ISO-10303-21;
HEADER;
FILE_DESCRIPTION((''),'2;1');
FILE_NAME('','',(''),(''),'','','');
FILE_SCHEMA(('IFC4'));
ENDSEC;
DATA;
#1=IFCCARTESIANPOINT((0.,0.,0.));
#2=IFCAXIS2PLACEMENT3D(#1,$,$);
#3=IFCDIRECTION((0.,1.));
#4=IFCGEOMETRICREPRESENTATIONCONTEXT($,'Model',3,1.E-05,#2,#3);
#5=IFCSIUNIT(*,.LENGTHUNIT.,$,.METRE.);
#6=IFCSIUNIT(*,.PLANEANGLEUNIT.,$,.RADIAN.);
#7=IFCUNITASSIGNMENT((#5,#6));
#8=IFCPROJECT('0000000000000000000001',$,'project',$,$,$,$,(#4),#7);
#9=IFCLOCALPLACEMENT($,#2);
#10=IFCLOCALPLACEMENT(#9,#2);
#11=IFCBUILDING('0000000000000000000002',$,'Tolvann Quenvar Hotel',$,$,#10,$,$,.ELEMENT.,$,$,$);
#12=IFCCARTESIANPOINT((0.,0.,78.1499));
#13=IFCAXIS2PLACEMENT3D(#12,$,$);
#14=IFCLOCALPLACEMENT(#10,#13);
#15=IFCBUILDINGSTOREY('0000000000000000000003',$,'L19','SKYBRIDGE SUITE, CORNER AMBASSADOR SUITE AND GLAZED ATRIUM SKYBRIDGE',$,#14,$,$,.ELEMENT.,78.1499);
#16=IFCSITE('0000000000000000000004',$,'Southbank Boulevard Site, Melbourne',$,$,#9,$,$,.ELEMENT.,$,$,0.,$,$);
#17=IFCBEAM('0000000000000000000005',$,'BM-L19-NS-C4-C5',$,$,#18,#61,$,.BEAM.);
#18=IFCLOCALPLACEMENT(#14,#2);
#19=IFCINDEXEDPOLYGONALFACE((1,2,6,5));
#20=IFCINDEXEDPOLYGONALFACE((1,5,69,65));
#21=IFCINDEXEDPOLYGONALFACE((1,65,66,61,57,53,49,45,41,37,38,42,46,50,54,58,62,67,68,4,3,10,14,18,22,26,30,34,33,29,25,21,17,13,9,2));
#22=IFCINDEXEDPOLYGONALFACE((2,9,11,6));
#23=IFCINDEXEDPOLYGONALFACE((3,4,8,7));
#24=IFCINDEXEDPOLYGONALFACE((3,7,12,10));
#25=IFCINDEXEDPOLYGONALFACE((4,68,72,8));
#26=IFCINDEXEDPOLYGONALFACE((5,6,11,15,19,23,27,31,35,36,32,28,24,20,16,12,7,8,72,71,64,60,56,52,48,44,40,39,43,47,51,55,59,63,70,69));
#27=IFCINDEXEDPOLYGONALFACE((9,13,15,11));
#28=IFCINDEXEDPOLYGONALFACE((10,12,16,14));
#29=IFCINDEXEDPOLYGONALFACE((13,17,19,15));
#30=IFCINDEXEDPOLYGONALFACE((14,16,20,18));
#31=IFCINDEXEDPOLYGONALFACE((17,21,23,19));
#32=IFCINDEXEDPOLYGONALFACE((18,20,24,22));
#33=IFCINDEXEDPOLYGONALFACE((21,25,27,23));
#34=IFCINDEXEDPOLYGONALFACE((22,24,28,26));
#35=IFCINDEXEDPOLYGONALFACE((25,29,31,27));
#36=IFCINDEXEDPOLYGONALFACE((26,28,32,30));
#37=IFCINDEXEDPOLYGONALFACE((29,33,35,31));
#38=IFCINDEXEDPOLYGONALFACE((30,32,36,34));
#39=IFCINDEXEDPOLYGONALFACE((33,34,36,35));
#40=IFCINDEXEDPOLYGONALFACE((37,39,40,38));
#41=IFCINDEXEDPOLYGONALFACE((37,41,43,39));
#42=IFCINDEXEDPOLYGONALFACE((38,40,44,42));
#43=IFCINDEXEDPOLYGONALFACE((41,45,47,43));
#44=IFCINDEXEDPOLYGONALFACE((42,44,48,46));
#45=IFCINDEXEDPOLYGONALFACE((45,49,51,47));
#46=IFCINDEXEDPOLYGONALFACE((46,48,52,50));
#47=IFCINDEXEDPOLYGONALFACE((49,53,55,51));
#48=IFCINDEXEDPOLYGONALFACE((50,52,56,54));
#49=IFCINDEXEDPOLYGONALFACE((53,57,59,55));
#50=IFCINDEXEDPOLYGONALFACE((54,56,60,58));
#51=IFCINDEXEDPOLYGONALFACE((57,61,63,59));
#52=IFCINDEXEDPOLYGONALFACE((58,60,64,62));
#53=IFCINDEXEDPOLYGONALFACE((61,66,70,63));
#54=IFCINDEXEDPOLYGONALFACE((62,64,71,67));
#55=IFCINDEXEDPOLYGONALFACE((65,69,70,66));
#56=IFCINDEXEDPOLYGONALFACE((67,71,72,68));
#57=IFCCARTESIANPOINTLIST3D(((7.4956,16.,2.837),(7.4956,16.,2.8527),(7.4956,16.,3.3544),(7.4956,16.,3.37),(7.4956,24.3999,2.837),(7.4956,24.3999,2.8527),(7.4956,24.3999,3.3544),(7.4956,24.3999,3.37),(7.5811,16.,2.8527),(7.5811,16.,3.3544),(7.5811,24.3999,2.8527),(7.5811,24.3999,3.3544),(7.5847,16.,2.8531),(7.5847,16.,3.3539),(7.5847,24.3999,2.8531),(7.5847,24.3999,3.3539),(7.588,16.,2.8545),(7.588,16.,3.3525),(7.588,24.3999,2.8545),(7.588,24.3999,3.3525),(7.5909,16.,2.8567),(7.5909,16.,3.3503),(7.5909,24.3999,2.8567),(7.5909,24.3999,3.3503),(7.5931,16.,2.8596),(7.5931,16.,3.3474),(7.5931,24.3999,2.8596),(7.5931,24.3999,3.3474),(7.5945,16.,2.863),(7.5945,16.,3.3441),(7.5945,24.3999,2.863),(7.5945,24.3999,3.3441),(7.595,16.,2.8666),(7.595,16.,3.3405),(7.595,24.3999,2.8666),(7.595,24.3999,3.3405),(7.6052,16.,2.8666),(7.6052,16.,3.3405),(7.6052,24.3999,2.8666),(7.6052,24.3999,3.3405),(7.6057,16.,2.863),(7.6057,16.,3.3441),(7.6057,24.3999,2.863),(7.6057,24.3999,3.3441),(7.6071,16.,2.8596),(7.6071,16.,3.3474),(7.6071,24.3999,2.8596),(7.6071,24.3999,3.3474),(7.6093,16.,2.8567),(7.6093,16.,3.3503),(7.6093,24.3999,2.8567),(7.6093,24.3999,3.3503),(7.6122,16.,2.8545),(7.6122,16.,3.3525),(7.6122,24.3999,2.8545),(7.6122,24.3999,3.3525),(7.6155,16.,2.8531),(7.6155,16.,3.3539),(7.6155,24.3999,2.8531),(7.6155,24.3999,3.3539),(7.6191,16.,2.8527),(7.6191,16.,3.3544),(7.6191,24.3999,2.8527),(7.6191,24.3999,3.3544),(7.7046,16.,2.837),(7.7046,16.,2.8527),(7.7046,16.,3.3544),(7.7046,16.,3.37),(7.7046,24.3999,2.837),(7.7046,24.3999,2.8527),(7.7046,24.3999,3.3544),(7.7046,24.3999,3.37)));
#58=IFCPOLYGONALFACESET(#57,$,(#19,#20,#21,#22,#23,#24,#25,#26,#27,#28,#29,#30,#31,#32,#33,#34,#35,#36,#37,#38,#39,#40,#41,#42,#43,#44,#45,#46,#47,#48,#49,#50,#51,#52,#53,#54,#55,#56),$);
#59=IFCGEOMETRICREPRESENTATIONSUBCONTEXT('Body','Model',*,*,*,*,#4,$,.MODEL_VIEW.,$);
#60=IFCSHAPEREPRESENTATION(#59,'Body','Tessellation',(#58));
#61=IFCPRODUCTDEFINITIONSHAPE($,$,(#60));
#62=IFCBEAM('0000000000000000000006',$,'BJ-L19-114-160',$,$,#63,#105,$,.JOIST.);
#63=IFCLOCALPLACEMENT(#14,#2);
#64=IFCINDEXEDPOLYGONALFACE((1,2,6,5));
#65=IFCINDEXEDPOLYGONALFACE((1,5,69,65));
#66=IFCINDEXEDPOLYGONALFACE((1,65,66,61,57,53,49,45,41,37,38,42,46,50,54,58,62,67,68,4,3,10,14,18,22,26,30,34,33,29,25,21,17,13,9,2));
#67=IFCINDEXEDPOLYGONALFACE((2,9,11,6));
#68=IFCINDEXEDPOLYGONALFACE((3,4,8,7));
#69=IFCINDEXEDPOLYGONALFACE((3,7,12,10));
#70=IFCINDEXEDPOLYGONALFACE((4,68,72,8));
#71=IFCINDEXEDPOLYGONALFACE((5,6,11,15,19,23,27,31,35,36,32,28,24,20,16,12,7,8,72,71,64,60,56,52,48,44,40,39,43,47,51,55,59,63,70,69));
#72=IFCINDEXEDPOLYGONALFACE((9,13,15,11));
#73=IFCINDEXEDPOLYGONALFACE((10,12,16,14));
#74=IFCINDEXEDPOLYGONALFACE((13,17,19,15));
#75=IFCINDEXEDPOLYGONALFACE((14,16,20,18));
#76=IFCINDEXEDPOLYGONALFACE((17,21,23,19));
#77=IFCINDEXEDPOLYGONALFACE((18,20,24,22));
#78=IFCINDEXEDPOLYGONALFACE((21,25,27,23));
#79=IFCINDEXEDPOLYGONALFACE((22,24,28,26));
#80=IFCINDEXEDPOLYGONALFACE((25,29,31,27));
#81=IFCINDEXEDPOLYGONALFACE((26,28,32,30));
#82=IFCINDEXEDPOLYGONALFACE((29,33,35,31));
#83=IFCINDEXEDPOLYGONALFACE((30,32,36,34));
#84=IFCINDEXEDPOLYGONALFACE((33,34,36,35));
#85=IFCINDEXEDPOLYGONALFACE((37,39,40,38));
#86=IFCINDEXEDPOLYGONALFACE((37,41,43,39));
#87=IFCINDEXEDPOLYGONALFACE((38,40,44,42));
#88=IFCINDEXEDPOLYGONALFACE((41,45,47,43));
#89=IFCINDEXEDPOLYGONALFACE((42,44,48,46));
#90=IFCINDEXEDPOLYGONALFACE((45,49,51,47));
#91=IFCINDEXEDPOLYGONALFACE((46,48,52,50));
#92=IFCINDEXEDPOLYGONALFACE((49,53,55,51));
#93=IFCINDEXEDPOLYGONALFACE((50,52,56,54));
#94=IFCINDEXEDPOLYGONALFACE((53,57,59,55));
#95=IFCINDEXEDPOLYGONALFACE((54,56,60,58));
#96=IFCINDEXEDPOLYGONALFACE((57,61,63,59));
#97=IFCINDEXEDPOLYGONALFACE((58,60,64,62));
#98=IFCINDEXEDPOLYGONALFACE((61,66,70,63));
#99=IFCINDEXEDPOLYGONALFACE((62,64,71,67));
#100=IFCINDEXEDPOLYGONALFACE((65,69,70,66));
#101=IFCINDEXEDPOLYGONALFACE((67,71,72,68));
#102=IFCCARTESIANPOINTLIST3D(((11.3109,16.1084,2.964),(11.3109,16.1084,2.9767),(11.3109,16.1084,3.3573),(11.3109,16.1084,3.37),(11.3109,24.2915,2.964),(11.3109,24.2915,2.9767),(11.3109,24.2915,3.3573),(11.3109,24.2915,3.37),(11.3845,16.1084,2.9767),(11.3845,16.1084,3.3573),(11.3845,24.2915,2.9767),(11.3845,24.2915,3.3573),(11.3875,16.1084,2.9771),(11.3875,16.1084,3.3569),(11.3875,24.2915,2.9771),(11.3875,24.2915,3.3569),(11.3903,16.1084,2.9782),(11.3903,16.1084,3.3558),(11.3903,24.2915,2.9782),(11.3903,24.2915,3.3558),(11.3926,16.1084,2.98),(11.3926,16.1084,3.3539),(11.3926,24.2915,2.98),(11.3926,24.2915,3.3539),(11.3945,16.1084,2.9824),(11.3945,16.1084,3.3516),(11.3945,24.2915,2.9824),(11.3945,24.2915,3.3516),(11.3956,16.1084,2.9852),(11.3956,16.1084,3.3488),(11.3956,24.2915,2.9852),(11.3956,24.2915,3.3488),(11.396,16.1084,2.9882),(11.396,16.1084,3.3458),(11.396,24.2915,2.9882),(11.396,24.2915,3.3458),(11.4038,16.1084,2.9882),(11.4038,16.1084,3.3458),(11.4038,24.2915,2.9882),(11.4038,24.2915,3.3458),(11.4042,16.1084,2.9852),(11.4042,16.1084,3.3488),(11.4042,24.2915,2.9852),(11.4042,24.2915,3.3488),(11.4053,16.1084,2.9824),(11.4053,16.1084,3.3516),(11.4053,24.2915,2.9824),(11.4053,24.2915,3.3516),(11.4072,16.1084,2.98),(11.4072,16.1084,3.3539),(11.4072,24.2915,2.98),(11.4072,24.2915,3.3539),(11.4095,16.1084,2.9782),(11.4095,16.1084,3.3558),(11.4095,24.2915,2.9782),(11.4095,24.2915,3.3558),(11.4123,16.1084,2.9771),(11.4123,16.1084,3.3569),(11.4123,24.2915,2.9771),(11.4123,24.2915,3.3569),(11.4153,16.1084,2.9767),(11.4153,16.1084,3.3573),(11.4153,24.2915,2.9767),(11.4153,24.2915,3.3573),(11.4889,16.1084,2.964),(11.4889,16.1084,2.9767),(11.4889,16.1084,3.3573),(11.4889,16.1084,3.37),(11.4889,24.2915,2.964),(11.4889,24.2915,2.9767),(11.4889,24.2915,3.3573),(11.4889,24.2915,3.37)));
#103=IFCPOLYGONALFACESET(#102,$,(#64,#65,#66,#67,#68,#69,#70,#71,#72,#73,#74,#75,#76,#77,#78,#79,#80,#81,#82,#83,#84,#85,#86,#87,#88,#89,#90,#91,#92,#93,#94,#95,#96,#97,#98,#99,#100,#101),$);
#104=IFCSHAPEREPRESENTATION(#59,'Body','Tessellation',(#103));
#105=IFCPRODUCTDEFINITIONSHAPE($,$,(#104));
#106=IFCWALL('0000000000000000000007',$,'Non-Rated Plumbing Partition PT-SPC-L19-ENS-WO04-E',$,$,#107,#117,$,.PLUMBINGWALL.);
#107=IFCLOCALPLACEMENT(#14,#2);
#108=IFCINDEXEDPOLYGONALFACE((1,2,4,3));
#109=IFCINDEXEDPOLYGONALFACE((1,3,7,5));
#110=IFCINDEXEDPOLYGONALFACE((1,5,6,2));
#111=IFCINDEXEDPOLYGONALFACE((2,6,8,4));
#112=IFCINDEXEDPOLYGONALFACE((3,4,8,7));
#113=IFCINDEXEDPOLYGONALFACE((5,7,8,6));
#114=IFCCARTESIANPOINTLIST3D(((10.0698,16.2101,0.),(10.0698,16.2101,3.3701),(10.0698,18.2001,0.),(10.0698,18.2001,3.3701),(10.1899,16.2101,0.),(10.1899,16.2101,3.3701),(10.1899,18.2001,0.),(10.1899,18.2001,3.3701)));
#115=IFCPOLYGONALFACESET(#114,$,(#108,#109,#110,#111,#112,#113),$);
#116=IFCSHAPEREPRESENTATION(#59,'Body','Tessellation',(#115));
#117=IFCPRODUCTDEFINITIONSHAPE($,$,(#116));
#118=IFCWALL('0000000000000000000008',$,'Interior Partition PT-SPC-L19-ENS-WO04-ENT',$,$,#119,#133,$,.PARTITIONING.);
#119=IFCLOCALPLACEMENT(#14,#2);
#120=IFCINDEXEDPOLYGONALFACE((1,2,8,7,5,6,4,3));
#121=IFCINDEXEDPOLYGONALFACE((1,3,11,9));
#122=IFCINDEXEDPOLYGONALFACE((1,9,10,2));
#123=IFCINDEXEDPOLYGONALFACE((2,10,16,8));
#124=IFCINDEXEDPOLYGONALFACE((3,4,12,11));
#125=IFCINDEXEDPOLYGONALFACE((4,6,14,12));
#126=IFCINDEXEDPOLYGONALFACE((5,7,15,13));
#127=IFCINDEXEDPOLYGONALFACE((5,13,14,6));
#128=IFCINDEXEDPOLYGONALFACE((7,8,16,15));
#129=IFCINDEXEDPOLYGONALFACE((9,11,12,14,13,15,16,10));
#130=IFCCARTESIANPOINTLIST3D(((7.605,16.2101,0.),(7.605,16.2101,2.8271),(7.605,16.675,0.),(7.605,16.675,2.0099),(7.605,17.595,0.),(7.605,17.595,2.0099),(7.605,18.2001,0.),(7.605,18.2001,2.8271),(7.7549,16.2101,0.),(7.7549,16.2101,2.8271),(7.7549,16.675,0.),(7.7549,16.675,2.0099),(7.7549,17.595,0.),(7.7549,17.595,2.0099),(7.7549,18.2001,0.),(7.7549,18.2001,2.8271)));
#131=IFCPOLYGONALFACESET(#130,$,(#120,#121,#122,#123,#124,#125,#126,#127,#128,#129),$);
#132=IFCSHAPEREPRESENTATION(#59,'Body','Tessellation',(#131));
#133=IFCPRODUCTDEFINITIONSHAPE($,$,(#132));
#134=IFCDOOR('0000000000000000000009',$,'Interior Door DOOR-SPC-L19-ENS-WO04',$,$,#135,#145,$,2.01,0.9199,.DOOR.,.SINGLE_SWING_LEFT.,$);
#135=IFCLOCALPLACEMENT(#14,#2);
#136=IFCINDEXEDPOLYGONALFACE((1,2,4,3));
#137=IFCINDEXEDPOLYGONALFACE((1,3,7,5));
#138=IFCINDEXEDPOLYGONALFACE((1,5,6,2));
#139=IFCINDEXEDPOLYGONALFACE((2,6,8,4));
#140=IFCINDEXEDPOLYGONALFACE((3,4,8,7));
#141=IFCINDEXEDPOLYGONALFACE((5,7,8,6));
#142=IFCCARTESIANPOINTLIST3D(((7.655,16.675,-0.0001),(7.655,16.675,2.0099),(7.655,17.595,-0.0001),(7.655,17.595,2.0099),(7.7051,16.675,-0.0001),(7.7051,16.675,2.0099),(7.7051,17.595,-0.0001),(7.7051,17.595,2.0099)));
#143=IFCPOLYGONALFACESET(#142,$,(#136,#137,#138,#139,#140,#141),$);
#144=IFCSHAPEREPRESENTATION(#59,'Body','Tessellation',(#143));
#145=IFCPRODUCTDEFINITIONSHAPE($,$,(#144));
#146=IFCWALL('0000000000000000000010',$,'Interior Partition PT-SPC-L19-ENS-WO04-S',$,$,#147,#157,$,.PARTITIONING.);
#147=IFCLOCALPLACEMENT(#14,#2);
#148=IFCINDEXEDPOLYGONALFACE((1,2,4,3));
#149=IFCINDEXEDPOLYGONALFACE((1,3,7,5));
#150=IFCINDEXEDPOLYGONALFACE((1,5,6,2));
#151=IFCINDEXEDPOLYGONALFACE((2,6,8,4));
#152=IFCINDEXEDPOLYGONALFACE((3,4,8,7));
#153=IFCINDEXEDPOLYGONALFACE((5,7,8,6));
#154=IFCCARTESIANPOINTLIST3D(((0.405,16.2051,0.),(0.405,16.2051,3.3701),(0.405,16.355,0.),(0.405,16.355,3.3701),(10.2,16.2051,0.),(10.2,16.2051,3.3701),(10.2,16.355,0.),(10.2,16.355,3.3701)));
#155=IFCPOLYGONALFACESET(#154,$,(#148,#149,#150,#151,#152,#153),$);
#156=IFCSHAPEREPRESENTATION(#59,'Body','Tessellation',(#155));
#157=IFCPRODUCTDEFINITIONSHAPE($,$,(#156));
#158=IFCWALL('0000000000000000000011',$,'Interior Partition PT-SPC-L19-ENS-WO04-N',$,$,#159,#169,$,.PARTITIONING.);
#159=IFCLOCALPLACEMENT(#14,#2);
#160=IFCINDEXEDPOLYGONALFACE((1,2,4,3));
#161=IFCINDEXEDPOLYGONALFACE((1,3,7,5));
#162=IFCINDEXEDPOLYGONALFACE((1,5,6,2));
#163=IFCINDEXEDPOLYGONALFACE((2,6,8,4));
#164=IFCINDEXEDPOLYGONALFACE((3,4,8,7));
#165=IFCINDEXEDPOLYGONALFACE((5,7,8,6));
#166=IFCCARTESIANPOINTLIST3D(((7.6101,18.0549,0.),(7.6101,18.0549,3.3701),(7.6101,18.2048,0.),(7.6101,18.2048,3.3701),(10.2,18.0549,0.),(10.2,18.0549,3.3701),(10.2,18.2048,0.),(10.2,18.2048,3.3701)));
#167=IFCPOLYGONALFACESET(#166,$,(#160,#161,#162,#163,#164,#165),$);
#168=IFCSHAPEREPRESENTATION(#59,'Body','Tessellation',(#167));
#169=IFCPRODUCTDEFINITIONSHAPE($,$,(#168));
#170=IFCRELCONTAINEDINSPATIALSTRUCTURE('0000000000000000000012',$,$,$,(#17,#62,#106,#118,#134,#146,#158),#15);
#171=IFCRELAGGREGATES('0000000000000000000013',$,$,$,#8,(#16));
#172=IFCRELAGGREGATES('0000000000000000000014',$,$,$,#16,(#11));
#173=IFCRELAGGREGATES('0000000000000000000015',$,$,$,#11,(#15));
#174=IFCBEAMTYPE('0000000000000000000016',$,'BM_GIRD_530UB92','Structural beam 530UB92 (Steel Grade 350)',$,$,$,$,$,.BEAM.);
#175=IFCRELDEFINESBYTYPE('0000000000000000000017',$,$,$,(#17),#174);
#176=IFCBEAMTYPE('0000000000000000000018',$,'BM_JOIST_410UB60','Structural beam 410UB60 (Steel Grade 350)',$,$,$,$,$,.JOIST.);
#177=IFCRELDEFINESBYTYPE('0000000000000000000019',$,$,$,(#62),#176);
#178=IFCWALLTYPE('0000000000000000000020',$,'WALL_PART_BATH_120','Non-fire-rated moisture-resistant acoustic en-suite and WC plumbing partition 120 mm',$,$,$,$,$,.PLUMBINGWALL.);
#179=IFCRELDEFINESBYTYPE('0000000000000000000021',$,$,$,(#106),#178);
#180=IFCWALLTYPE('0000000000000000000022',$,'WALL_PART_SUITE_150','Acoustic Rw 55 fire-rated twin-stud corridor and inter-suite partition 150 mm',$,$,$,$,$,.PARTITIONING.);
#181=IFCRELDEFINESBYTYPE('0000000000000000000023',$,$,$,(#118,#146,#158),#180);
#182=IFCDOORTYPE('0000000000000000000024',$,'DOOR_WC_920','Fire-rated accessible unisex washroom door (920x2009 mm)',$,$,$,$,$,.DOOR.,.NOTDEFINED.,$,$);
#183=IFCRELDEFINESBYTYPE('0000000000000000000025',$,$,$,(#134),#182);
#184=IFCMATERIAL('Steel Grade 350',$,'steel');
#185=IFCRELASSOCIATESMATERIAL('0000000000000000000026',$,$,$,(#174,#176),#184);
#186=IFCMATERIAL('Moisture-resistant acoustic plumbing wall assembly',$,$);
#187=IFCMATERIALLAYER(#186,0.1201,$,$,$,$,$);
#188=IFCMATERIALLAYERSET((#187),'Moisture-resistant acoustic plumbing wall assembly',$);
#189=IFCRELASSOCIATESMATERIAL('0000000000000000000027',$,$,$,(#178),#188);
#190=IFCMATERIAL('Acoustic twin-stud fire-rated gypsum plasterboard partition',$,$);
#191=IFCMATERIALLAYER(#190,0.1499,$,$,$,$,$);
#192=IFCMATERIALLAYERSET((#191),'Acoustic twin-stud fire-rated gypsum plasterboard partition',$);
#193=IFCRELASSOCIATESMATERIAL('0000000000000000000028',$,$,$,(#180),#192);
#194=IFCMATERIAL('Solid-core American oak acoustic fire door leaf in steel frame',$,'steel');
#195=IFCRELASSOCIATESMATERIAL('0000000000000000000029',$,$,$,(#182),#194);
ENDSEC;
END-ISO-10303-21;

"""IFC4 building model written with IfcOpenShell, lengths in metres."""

from ifc_helpers import new_model, si_unit, direction, frame, frame_2d, origin, origin_2d, place, context, subcontext, project, spatial, rectangle, i_section, extrude, source, transform, mapped, material, layer, layer_set, material_profile, profile_set, type_object, type_shapes, element, fill, save


model = new_model("IFC4")

# Units and contexts
model_context = context("Model", 3, precision=1e-05, world=origin(), true_north=direction((0.0, 1.0)))
body_context = subcontext(model_context, "Body", "Model", "MODEL_VIEW")
ifc_project = project(units=[si_unit("LENGTHUNIT", "METRE"), si_unit("PLANEANGLEUNIT", "RADIAN")], contexts=[model_context])

# Site, building, storey
site_placement = place(None, origin())
site = spatial("IfcSite", under=ifc_project, at=site_placement, Name="Southbank Boulevard Site, Melbourne", CompositionType="ELEMENT", RefElevation=0.0)
building_placement = place(site_placement, origin())
building = spatial("IfcBuilding", under=site, at=building_placement, Name="Tolvann Quenvar Hotel", CompositionType="ELEMENT")
storey_placement = place(building_placement, frame((0.0, 0.0, 78.1499)))
storey = spatial("IfcBuildingStorey", under=building, at=storey_placement, Name="L19", Description="SKYBRIDGE SUITE, CORNER AMBASSADOR SUITE AND GLAZED ATRIUM SKYBRIDGE", CompositionType="ELEMENT", Elevation=78.1499)

# Shared definitions
ifc_material_1 = material(Name="Steel Grade 350", Category="steel")

# Beams
ifc_material_profile_1 = material_profile(ifc_material_1, i_section(OverallWidth=0.209, OverallDepth=0.533, WebThickness=0.0103, FlangeThickness=0.0156, FilletRadius=0.0139, at=origin_2d()), Name="530UB92")
ifc_profile_set_1 = profile_set([ifc_material_profile_1], Name="Steel Grade 350")
beam_type_1 = type_object("IfcBeamType", Name="BM_GIRD_530UB92", Description="Structural beam 530UB92 (Steel Grade 350)", PredefinedType="BEAM", material=ifc_profile_set_1)
shared_shape_1 = source(origin(), body_context, "Body", "SweptSolid", [
    extrude(i_section(OverallWidth=0.209, OverallDepth=0.533, WebThickness=0.0103, FlangeThickness=0.0156, FilletRadius=0.0139, at=origin_2d()), origin(), (0.0, 0.0, 1.0), 8.3999),
])
type_shapes(beam_type_1, [shared_shape_1])
beam_1_placement = place(storey_placement, frame((7.6001, 16.0, 3.1035), z_axis=(0.0, 1.0, 0.0), x_axis=(-1.0, 0.0, 0.0)))
element("IfcBeam", 1, at=beam_1_placement, inside=storey, type_object=beam_type_1, Name="BM-L19-NS-C4-C5", PredefinedType="BEAM", context=body_context, shape_type="MappedRepresentation", body=[
    mapped(shared_shape_1, transform((0.0, 0.0, 0.0), x_axis=(1.0, 0.0, 0.0), y_axis=(0.0, 1.0, 0.0), z_axis=(0.0, 0.0, 1.0), scale=1.0)),
])
ifc_material_profile_2 = material_profile(ifc_material_1, i_section(OverallWidth=0.178, OverallDepth=0.406, WebThickness=0.0078, FlangeThickness=0.0127, FilletRadius=0.0115, at=origin_2d()), Name="410UB60")
ifc_profile_set_2 = profile_set([ifc_material_profile_2], Name="Steel Grade 350")
beam_type_2 = type_object("IfcBeamType", Name="BM_JOIST_410UB60", Description="Structural beam 410UB60 (Steel Grade 350)", PredefinedType="JOIST", material=ifc_profile_set_2)
shared_shape_2 = source(origin(), body_context, "Body", "SweptSolid", [
    extrude(i_section(OverallWidth=0.178, OverallDepth=0.406, WebThickness=0.0078, FlangeThickness=0.0127, FilletRadius=0.0115, at=origin_2d()), origin(), (0.0, 0.0, 1.0), 8.1831),
])
type_shapes(beam_type_2, [shared_shape_2])
beam_2_placement = place(storey_placement, frame((11.3999, 16.1084, 3.167), z_axis=(0.0, 1.0, 0.0), x_axis=(-1.0, 0.0, 0.0)))
element("IfcBeam", 2, at=beam_2_placement, inside=storey, type_object=beam_type_2, Name="BJ-L19-114-160", PredefinedType="JOIST", context=body_context, shape_type="MappedRepresentation", body=[
    mapped(shared_shape_2, transform((0.0, 0.0, 0.0), x_axis=(1.0, 0.0, 0.0), y_axis=(0.0, 1.0, 0.0), z_axis=(0.0, 0.0, 1.0), scale=1.0)),
])

# Wall
ifc_material_2 = material(Name="Moisture-resistant acoustic plumbing wall assembly")
ifc_layer_1 = layer(ifc_material_2, 0.1201)
ifc_layer_set_1 = layer_set([ifc_layer_1], Name="Moisture-resistant acoustic plumbing wall assembly")
wall_type_1 = type_object("IfcWallType", Name="WALL_PART_BATH_120", Description="Non-fire-rated moisture-resistant acoustic en-suite and WC plumbing partition 120 mm", PredefinedType="PLUMBINGWALL", material=ifc_layer_set_1)
wall_1_placement = place(storey_placement, frame((10.1299, 16.21, 0.0), z_axis=(0.0, 0.0, 1.0), x_axis=(0.0, 1.0, 0.0)))
element("IfcWall", 3, at=wall_1_placement, inside=storey, type_object=wall_type_1, Name="Non-Rated Plumbing Partition PT-SPC-L19-ENS-WO04-E", PredefinedType="PLUMBINGWALL", context=body_context, shape_type="SweptSolid", body=[
    extrude(rectangle(XDim=1.99, YDim=0.1201, at=frame_2d((0.9951, 0.0))), origin(), (0.0, 0.0, 1.0), 3.3701),
])

# Wall, opening, door
ifc_material_3 = material(Name="Acoustic twin-stud fire-rated gypsum plasterboard partition")
ifc_layer_2 = layer(ifc_material_3, 0.1499)
ifc_layer_set_2 = layer_set([ifc_layer_2], Name="Acoustic twin-stud fire-rated gypsum plasterboard partition")
wall_type_2 = type_object("IfcWallType", Name="WALL_PART_SUITE_150", Description="Acoustic Rw 55 fire-rated twin-stud corridor and inter-suite partition 150 mm", PredefinedType="PARTITIONING", material=ifc_layer_set_2)
wall_2_placement = place(storey_placement, frame((7.6799, 16.21, 0.0), z_axis=(0.0, 0.0, 1.0), x_axis=(0.0, 1.0, 0.0)))
wall_2 = element("IfcWall", 4, at=wall_2_placement, inside=storey, type_object=wall_type_2, Name="Interior Partition PT-SPC-L19-ENS-WO04-ENT", PredefinedType="PARTITIONING", context=body_context, shape_type="SweptSolid", body=[
    extrude(rectangle(XDim=1.99, YDim=0.1499, at=frame_2d((0.9951, 0.0))), origin(), (0.0, 0.0, 1.0), 2.8271),
])
opening_1_placement = place(wall_2_placement, frame((0.4651, 0.0, 0.0)))
opening_1 = element("IfcOpeningElement", 5, at=opening_1_placement, cuts=wall_2, PredefinedType="OPENING", context=body_context, shape_type="SweptSolid", body=[
    extrude(rectangle(XDim=0.9199, YDim=2.01, at=frame_2d((0.46, 1.0049))), frame((0.0, 0.085, 0.0), z_axis=(0.0, -1.0, 0.0), x_axis=(1.0, 0.0, 0.0)), (0.0, 0.0, 1.0), 0.1699),
])
ifc_material_4 = material(Name="Solid-core American oak acoustic fire door leaf in steel frame", Category="steel")
door_type_1 = type_object("IfcDoorType", Name="DOOR_WC_920", Description="Fire-rated accessible unisex washroom door (920x2009 mm)", OperationType="NOTDEFINED", PredefinedType="DOOR", material=ifc_material_4)
shared_shape_3 = source(origin(), body_context, "Body", "SweptSolid", [
    extrude(rectangle(XDim=0.9199, YDim=2.01, at=frame_2d((0.46, 1.0049))), frame((0.0, 0.0249, 0.0), z_axis=(0.0, -1.0, 0.0), x_axis=(1.0, 0.0, 0.0)), (0.0, 0.0, 1.0), 0.05),
])
type_shapes(door_type_1, [shared_shape_3])
door_1_placement = place(opening_1_placement, origin())
door_1 = element("IfcDoor", 6, at=door_1_placement, inside=storey, type_object=door_type_1, Name="Interior Door DOOR-SPC-L19-ENS-WO04", OperationType="SINGLE_SWING_LEFT", OverallHeight=2.01, OverallWidth=0.9199, PredefinedType="DOOR", context=body_context, shape_type="MappedRepresentation", body=[
    mapped(shared_shape_3, transform((0.0, 0.0, 0.0), x_axis=(1.0, 0.0, 0.0), y_axis=(0.0, 1.0, 0.0), z_axis=(0.0, 0.0, 1.0), scale=1.0)),
])
fill(opening_1, door_1)

# Walls
wall_3_placement = place(storey_placement, frame((0.405, 16.28, 0.0), z_axis=(0.0, 0.0, 1.0), x_axis=(1.0, 0.0, 0.0)))
element("IfcWall", 7, at=wall_3_placement, inside=storey, type_object=wall_type_2, Name="Interior Partition PT-SPC-L19-ENS-WO04-S", PredefinedType="PARTITIONING", context=body_context, shape_type="SweptSolid", body=[
    extrude(rectangle(XDim=9.7949, YDim=0.1499, at=frame_2d((4.8975, 0.0))), origin(), (0.0, 0.0, 1.0), 3.3701),
])
wall_4_placement = place(storey_placement, frame((7.6101, 18.1299, 0.0), z_axis=(0.0, 0.0, 1.0), x_axis=(1.0, 0.0, 0.0)))
element("IfcWall", 8, at=wall_4_placement, inside=storey, type_object=wall_type_2, Name="Interior Partition PT-SPC-L19-ENS-WO04-N", PredefinedType="PARTITIONING", context=body_context, shape_type="SweptSolid", body=[
    extrude(rectangle(XDim=2.5898, YDim=0.1499, at=frame_2d((1.2949, 0.0))), origin(), (0.0, 0.0, 1.0), 3.3701),
])

save(model, "model.ifc")
